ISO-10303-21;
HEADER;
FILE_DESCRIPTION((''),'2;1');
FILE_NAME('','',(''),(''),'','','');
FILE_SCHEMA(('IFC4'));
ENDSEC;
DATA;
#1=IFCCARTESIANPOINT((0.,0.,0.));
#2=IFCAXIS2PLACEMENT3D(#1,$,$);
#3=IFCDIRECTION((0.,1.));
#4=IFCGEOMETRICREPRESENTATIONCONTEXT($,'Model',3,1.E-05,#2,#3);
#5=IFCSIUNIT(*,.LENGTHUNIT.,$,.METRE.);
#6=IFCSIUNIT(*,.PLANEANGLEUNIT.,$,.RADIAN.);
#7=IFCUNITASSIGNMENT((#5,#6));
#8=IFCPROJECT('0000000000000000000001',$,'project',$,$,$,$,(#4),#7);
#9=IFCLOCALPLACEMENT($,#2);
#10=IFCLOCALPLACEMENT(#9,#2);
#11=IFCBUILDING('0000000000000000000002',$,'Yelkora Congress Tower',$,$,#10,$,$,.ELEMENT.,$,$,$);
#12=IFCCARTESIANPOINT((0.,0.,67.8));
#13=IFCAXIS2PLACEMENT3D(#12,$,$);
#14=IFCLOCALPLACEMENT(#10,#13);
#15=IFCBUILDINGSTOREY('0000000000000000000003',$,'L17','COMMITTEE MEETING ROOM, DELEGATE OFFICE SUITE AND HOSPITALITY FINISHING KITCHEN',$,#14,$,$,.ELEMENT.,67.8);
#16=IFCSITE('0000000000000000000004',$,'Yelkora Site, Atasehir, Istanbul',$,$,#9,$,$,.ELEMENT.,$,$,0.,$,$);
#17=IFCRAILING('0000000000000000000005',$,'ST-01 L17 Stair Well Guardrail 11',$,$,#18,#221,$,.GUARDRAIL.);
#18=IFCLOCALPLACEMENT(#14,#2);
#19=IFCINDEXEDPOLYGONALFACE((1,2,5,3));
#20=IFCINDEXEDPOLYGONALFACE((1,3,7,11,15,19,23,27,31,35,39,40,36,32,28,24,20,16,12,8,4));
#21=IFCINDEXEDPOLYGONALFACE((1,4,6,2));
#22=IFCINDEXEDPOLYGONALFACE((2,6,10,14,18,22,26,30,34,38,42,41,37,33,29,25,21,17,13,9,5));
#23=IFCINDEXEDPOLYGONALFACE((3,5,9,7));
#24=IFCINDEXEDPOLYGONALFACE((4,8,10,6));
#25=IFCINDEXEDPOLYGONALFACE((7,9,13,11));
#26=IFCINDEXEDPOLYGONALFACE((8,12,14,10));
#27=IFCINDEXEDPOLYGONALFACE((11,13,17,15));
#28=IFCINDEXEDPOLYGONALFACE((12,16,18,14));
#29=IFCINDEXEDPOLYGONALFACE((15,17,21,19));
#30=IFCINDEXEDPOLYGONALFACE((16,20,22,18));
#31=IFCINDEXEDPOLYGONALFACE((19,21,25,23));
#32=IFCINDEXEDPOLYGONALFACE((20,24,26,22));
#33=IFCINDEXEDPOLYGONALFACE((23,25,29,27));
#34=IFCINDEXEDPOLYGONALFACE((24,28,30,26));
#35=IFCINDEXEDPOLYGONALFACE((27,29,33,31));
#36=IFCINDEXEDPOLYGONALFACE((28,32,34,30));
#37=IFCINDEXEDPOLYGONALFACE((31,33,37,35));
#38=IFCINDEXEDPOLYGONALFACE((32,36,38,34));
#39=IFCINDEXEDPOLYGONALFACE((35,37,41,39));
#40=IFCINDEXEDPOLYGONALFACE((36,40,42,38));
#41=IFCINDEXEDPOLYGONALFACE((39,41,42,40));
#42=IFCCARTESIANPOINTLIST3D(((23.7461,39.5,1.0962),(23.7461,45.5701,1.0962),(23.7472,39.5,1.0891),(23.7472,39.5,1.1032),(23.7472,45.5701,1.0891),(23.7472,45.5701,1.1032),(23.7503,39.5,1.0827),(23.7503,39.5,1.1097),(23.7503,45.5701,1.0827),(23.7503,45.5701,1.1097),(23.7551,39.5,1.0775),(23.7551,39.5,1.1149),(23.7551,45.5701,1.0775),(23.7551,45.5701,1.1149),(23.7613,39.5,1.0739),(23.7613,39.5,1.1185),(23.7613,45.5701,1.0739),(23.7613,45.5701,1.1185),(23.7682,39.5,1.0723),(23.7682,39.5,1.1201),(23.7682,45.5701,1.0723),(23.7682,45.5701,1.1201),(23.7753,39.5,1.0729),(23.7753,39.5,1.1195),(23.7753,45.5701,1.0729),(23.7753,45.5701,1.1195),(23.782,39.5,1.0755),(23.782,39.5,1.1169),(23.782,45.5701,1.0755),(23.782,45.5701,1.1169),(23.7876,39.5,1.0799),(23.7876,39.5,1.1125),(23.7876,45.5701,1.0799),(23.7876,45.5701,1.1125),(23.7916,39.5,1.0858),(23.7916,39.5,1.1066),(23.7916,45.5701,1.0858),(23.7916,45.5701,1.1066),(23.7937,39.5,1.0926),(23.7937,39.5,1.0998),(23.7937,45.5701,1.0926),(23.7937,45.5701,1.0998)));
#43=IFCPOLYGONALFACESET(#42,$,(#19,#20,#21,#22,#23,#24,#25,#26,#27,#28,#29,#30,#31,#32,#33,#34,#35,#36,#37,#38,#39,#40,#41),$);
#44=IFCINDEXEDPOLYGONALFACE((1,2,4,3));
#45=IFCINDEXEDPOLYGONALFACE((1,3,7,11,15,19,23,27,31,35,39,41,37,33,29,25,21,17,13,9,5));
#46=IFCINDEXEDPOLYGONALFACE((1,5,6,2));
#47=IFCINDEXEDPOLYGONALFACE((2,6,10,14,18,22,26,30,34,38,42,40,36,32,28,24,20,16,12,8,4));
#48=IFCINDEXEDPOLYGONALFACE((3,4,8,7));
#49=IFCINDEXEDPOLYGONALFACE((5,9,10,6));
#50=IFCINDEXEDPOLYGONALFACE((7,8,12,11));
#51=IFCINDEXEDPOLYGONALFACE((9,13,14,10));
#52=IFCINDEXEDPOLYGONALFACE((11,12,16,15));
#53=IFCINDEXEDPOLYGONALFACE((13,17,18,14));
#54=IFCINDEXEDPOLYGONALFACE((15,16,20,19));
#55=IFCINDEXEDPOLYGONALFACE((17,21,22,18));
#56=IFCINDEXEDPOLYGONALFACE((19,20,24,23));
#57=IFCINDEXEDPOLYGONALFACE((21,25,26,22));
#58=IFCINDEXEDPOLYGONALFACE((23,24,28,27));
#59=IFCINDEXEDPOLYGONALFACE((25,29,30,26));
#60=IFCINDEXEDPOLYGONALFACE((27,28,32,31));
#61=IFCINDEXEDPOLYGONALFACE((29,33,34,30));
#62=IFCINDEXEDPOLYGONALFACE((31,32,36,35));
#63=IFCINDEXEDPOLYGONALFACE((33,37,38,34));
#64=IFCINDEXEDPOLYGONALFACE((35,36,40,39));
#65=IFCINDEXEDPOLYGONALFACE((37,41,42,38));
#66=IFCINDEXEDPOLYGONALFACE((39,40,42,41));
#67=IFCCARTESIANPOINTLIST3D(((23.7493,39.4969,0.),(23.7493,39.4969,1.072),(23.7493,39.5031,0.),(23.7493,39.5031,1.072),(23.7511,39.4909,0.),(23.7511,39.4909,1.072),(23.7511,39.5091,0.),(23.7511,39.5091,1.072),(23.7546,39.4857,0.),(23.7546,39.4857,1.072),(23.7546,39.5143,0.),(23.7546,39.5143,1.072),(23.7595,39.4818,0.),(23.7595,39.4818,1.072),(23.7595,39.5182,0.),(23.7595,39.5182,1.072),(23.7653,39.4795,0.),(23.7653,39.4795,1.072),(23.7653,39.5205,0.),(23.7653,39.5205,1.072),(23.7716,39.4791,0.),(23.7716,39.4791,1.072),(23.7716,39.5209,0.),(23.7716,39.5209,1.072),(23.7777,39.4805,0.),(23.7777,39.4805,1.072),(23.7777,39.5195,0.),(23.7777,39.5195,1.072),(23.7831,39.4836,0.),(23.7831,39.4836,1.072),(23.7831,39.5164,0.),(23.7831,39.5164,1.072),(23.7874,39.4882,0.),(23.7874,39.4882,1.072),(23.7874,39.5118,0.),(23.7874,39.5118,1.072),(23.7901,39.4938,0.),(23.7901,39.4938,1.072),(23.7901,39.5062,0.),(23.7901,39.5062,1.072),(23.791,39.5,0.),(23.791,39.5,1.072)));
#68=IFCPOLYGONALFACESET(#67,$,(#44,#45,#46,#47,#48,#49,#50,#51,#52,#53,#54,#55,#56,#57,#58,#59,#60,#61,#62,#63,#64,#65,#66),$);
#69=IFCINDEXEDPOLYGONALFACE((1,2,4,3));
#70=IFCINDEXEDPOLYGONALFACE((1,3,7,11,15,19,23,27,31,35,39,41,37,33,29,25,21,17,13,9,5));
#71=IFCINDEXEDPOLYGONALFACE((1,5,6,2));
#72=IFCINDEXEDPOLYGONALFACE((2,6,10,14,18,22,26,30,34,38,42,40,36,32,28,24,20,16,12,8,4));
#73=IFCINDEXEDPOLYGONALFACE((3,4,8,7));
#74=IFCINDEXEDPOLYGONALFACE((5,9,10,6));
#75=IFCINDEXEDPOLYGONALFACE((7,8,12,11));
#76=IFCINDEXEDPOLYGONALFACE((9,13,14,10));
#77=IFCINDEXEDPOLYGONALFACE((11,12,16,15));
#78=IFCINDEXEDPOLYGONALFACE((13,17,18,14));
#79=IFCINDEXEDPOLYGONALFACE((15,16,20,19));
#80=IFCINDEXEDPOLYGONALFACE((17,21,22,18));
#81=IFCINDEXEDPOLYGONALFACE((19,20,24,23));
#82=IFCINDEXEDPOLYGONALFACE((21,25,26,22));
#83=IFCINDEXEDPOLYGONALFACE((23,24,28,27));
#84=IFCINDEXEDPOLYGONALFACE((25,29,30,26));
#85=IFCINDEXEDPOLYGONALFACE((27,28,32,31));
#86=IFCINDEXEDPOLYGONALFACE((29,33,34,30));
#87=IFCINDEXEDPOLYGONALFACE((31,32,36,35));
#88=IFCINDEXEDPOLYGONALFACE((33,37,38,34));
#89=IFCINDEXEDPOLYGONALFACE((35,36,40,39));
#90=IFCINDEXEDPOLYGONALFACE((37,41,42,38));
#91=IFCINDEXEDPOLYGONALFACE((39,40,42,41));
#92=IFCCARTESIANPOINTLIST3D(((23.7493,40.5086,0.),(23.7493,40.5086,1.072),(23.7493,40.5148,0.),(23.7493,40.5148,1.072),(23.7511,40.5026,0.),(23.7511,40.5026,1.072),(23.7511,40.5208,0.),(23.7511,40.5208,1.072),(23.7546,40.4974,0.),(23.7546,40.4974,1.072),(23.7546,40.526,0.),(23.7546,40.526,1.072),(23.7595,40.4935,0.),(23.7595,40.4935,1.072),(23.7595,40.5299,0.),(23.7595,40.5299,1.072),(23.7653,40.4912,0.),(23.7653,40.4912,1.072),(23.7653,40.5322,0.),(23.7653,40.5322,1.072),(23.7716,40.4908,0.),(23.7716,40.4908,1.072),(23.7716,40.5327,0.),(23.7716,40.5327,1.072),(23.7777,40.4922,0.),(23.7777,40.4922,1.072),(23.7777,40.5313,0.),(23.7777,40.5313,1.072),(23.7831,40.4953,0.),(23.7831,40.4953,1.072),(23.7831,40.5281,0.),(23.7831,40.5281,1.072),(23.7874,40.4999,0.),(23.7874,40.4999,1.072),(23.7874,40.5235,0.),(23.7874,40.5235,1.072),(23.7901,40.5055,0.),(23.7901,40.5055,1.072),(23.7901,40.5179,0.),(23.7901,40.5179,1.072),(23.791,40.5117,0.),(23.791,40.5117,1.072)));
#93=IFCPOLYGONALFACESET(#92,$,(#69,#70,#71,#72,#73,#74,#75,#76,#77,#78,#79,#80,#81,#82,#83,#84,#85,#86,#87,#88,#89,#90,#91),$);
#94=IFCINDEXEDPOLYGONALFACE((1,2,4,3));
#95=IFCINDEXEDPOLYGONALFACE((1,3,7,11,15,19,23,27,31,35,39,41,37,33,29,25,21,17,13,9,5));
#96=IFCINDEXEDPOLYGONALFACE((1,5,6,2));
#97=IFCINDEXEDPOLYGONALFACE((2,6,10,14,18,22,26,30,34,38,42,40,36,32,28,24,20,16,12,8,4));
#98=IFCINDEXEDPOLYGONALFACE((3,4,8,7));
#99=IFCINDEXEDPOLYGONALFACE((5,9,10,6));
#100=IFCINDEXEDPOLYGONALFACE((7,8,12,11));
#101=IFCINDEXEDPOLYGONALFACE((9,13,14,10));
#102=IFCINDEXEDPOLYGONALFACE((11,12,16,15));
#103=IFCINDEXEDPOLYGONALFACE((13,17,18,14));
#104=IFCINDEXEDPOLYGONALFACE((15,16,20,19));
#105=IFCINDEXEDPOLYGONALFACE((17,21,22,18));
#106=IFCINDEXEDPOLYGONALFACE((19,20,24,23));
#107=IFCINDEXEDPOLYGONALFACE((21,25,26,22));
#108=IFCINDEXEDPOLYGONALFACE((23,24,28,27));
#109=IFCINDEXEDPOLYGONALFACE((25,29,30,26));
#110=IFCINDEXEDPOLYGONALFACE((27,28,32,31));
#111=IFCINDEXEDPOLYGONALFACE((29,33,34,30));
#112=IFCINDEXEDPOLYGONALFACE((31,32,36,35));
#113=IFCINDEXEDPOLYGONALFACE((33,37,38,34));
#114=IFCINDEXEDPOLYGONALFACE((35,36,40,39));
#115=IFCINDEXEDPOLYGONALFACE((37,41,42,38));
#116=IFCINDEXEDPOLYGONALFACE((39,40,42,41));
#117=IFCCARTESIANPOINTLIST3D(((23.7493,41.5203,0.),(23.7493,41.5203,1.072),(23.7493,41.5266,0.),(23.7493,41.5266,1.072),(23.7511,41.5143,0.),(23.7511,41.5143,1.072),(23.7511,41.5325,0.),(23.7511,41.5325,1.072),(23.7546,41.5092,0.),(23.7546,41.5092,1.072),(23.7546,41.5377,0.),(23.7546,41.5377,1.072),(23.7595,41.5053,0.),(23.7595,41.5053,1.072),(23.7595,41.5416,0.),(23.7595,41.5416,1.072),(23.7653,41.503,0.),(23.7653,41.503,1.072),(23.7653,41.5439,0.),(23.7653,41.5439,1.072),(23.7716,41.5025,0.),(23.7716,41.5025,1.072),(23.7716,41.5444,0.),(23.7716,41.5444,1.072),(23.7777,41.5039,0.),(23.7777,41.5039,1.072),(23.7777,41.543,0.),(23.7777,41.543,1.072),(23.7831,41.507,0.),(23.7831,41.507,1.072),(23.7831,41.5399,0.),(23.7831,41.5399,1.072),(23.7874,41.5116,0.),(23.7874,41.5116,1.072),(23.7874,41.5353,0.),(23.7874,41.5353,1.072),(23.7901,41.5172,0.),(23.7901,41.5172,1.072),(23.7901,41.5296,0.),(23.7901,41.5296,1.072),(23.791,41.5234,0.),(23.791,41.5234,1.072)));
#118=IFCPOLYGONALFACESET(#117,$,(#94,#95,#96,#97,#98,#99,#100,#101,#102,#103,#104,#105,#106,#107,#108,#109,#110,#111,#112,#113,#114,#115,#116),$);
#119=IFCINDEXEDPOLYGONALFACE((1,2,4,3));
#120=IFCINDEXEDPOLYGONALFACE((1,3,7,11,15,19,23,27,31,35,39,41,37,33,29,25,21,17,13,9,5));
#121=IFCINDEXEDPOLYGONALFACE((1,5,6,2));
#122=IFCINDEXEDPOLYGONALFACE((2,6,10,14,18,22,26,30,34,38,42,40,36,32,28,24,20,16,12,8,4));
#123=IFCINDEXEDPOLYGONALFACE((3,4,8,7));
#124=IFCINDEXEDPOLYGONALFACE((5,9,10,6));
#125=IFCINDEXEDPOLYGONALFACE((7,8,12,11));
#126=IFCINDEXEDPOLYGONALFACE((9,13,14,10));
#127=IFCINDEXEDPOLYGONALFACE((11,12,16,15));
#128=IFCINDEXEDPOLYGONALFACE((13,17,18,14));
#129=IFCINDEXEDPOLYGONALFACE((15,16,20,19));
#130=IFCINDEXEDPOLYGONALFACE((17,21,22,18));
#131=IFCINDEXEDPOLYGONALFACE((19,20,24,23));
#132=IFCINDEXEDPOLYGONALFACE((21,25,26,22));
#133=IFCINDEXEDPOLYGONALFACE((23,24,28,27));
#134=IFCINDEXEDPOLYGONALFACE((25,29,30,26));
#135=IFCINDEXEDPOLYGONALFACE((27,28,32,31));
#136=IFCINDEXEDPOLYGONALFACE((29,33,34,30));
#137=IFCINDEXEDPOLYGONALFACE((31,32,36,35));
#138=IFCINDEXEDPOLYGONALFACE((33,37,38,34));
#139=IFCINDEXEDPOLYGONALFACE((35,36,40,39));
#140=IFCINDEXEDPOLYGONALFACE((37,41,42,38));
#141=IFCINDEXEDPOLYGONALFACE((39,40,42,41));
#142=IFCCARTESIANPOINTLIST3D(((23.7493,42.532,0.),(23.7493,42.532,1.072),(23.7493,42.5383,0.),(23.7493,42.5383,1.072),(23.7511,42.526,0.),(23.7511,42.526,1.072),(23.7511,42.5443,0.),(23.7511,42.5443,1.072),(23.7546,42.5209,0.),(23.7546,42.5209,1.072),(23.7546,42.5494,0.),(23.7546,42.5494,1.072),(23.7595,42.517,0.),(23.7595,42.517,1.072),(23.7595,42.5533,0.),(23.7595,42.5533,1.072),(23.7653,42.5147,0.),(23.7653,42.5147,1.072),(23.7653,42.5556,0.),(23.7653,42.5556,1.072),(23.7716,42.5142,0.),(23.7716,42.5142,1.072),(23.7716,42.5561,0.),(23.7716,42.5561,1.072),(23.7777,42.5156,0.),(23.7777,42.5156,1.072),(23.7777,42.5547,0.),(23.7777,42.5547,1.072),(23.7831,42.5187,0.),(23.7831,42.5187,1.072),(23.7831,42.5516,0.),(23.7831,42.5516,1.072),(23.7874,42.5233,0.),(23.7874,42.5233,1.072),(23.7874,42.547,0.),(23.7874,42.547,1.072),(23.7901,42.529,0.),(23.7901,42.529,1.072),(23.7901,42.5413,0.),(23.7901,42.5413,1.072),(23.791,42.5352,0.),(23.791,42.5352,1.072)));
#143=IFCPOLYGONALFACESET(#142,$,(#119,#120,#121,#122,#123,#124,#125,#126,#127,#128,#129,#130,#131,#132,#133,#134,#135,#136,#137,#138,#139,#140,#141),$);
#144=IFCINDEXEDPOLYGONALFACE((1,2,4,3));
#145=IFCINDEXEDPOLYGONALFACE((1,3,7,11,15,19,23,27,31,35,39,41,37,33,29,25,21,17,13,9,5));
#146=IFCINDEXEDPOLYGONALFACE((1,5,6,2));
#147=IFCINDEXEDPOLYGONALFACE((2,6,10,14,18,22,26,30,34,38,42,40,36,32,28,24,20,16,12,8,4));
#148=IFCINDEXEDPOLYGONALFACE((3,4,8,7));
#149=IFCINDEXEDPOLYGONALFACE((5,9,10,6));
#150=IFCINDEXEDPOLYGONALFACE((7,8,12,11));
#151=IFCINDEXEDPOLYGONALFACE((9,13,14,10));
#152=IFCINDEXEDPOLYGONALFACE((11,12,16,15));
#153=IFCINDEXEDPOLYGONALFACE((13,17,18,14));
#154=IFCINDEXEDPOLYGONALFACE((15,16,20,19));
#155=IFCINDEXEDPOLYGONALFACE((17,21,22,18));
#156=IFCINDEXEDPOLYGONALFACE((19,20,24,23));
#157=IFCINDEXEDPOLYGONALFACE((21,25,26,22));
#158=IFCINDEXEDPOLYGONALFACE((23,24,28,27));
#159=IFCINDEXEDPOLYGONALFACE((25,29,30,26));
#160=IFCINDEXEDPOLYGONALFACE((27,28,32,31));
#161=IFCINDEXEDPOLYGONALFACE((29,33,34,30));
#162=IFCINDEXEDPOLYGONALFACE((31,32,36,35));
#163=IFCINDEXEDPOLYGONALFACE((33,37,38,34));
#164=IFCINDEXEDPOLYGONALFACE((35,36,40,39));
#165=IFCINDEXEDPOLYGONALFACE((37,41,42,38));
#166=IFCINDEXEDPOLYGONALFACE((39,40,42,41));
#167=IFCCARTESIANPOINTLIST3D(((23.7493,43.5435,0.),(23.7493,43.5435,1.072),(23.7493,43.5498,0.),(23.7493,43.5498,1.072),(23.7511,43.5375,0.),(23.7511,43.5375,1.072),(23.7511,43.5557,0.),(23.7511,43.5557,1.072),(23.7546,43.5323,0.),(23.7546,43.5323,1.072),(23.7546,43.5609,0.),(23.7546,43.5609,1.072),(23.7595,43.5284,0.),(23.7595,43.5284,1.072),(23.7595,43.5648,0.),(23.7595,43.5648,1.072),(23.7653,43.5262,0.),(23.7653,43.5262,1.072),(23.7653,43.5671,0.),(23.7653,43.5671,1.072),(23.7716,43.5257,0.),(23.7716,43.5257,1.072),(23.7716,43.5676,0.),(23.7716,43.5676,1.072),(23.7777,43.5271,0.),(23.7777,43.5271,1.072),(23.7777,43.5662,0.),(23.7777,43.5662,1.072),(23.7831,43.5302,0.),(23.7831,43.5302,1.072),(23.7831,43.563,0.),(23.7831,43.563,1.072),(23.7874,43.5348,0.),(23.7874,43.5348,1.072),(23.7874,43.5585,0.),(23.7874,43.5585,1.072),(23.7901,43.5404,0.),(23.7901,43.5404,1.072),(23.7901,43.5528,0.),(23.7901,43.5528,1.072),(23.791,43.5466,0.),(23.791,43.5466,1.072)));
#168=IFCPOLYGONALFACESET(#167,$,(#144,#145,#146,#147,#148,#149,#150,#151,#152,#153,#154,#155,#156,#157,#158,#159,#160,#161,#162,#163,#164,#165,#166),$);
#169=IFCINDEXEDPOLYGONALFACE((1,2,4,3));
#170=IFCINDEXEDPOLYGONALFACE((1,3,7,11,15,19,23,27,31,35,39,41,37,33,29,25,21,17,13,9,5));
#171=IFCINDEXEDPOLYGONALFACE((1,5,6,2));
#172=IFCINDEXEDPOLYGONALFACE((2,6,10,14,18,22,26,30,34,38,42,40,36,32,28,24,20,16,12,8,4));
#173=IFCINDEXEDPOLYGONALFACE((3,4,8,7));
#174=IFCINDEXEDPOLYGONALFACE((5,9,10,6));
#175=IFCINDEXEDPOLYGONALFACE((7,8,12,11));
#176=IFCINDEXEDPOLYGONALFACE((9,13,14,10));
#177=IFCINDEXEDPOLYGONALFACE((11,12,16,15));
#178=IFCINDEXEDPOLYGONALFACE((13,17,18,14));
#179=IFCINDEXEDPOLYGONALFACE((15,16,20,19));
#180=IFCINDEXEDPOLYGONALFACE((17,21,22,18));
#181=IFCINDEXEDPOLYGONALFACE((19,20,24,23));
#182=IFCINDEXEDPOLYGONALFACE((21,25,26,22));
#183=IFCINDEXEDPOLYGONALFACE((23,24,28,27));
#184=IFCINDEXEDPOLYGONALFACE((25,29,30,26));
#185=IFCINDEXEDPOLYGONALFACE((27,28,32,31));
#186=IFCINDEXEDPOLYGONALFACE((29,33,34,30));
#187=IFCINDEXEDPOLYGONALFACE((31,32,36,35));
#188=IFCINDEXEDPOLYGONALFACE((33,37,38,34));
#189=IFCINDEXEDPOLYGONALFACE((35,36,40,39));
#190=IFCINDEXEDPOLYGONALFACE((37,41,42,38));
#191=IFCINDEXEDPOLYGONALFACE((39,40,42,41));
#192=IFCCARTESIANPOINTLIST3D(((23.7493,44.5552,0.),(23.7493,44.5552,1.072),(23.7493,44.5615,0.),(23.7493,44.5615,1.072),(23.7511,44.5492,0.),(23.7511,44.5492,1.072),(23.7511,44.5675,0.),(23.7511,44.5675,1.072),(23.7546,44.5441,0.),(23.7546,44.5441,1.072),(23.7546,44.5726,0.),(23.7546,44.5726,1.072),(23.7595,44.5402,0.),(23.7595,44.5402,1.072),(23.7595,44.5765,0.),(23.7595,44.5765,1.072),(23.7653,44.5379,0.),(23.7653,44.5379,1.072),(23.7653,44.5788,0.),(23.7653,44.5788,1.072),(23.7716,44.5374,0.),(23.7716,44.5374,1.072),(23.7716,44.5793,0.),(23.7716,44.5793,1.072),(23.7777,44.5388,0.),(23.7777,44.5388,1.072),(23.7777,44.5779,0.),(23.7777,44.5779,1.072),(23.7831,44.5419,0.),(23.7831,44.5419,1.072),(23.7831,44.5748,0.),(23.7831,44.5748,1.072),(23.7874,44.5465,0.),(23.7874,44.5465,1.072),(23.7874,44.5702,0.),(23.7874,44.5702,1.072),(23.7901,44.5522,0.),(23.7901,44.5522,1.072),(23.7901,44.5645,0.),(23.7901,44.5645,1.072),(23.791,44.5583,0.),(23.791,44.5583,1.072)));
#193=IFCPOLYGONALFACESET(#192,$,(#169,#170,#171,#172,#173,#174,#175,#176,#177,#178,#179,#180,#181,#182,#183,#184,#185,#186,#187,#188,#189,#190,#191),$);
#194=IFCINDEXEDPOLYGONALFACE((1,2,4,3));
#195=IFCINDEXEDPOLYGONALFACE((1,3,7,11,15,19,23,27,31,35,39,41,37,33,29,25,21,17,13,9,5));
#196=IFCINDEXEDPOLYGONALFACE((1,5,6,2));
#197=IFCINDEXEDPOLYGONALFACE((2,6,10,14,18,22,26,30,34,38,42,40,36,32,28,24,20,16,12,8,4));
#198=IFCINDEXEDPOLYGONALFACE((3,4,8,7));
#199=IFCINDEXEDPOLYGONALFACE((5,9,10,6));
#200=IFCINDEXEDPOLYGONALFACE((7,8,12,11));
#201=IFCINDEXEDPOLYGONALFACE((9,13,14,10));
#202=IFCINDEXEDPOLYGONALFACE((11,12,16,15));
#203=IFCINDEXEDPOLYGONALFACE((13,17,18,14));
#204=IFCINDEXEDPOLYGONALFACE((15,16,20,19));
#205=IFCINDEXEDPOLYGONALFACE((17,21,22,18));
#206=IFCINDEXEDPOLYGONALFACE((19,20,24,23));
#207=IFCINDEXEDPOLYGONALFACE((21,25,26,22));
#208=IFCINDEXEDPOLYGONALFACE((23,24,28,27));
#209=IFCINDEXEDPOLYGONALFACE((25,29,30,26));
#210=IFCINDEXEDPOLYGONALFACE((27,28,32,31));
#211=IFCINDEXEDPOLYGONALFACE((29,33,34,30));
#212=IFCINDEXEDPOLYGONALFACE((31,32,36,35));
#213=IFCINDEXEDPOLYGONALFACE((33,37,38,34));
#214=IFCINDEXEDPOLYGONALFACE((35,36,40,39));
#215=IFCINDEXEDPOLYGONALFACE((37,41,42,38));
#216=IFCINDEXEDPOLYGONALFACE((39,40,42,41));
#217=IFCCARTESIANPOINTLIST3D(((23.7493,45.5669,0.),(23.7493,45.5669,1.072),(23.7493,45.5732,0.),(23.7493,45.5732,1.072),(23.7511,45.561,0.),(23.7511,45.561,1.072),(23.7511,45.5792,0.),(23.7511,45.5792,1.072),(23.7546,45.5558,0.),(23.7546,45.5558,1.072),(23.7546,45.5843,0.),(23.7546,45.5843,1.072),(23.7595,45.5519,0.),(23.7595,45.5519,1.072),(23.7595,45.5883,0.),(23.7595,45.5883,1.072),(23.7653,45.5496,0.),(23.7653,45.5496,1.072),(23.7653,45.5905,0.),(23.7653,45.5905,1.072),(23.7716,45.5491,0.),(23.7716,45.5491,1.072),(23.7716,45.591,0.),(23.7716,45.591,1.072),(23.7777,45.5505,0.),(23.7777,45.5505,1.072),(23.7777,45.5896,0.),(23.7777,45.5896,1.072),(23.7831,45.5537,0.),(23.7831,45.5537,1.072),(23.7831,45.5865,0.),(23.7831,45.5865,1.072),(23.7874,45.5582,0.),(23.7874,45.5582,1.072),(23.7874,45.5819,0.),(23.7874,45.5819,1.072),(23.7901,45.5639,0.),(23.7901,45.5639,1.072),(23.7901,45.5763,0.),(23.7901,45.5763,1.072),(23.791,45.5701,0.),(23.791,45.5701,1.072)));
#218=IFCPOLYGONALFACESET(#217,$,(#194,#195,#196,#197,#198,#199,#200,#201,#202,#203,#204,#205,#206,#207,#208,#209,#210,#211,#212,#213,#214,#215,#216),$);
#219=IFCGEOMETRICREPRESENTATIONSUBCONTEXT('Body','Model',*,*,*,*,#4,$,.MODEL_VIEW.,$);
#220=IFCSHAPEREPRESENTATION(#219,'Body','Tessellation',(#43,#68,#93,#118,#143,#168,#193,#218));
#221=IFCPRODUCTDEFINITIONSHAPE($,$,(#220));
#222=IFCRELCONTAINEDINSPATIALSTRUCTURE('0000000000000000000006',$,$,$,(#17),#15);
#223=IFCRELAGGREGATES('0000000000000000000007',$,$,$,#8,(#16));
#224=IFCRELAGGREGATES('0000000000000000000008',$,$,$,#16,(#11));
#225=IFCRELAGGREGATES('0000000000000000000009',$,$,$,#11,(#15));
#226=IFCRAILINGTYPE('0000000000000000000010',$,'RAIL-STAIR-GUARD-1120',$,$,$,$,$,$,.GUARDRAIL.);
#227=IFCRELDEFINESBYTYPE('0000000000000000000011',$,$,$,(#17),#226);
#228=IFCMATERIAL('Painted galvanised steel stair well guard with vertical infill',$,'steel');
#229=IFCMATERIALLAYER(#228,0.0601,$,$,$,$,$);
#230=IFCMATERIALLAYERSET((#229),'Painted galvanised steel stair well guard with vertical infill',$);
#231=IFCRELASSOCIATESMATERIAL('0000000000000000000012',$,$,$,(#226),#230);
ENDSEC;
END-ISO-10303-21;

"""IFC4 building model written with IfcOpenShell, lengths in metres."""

from ifc_helpers import new_model, si_unit, direction, frame, origin, origin_2d, place, context, subcontext, project, spatial, circle, extrude, material, layer, layer_set, type_object, element, save


model = new_model("IFC4")

# Units and contexts
model_context = context("Model", 3, precision=1e-05, world=origin(), true_north=direction((0.0, 1.0)))
body_context = subcontext(model_context, "Body", "Model", "MODEL_VIEW")
ifc_project = project(units=[si_unit("LENGTHUNIT", "METRE"), si_unit("PLANEANGLEUNIT", "RADIAN")], contexts=[model_context])

# Site, building, storey
site_placement = place(None, origin())
site = spatial("IfcSite", under=ifc_project, at=site_placement, Name="Yelkora Site, Atasehir, Istanbul", CompositionType="ELEMENT", RefElevation=0.0)
building_placement = place(site_placement, origin())
building = spatial("IfcBuilding", under=site, at=building_placement, Name="Yelkora Congress Tower", CompositionType="ELEMENT")
storey_placement = place(building_placement, frame((0.0, 0.0, 67.8)))
storey = spatial("IfcBuildingStorey", under=building, at=storey_placement, Name="L17", Description="COMMITTEE MEETING ROOM, DELEGATE OFFICE SUITE AND HOSPITALITY FINISHING KITCHEN", CompositionType="ELEMENT", Elevation=67.8)

# Railing
ifc_material_1 = material(Name="Painted galvanised steel stair well guard with vertical infill", Category="steel")
ifc_layer_1 = layer(ifc_material_1, 0.0601)
ifc_layer_set_1 = layer_set([ifc_layer_1], Name="Painted galvanised steel stair well guard with vertical infill")
railing_type = type_object("IfcRailingType", Name="RAIL-STAIR-GUARD-1120", PredefinedType="GUARDRAIL", material=ifc_layer_set_1)
railing_placement = place(storey_placement, frame((23.77, 39.5, 0.0)))
element("IfcRailing", 1, at=railing_placement, inside=storey, type_object=railing_type, Name="ST-01 L17 Stair Well Guardrail 11", PredefinedType="GUARDRAIL", context=body_context, shape_type="SweptSolid", body=[
    extrude(circle(Radius=0.0239, at=origin_2d()), frame((0.0, 0.0, 1.0962), z_axis=(0.0, 1.0, 0.0), x_axis=(-1.0, 0.0, 0.0)), (0.0, 0.0, 1.0), 6.0701),
    extrude(circle(Radius=0.021, at=origin_2d()), origin(), (0.0, 0.0, 1.0), 1.072),
    extrude(circle(Radius=0.021, at=origin_2d()), frame((0.0, 1.0117, 0.0)), (0.0, 0.0, 1.0), 1.072),
    extrude(circle(Radius=0.021, at=origin_2d()), frame((0.0, 2.0234, 0.0)), (0.0, 0.0, 1.0), 1.072),
    extrude(circle(Radius=0.021, at=origin_2d()), frame((0.0, 3.0352, 0.0)), (0.0, 0.0, 1.0), 1.072),
    extrude(circle(Radius=0.021, at=origin_2d()), frame((0.0, 4.0466, 0.0)), (0.0, 0.0, 1.0), 1.072),
    extrude(circle(Radius=0.021, at=origin_2d()), frame((0.0, 5.0583, 0.0)), (0.0, 0.0, 1.0), 1.072),
    extrude(circle(Radius=0.021, at=origin_2d()), frame((0.0, 6.0701, 0.0)), (0.0, 0.0, 1.0), 1.072),
])

save(model, "model.ifc")
